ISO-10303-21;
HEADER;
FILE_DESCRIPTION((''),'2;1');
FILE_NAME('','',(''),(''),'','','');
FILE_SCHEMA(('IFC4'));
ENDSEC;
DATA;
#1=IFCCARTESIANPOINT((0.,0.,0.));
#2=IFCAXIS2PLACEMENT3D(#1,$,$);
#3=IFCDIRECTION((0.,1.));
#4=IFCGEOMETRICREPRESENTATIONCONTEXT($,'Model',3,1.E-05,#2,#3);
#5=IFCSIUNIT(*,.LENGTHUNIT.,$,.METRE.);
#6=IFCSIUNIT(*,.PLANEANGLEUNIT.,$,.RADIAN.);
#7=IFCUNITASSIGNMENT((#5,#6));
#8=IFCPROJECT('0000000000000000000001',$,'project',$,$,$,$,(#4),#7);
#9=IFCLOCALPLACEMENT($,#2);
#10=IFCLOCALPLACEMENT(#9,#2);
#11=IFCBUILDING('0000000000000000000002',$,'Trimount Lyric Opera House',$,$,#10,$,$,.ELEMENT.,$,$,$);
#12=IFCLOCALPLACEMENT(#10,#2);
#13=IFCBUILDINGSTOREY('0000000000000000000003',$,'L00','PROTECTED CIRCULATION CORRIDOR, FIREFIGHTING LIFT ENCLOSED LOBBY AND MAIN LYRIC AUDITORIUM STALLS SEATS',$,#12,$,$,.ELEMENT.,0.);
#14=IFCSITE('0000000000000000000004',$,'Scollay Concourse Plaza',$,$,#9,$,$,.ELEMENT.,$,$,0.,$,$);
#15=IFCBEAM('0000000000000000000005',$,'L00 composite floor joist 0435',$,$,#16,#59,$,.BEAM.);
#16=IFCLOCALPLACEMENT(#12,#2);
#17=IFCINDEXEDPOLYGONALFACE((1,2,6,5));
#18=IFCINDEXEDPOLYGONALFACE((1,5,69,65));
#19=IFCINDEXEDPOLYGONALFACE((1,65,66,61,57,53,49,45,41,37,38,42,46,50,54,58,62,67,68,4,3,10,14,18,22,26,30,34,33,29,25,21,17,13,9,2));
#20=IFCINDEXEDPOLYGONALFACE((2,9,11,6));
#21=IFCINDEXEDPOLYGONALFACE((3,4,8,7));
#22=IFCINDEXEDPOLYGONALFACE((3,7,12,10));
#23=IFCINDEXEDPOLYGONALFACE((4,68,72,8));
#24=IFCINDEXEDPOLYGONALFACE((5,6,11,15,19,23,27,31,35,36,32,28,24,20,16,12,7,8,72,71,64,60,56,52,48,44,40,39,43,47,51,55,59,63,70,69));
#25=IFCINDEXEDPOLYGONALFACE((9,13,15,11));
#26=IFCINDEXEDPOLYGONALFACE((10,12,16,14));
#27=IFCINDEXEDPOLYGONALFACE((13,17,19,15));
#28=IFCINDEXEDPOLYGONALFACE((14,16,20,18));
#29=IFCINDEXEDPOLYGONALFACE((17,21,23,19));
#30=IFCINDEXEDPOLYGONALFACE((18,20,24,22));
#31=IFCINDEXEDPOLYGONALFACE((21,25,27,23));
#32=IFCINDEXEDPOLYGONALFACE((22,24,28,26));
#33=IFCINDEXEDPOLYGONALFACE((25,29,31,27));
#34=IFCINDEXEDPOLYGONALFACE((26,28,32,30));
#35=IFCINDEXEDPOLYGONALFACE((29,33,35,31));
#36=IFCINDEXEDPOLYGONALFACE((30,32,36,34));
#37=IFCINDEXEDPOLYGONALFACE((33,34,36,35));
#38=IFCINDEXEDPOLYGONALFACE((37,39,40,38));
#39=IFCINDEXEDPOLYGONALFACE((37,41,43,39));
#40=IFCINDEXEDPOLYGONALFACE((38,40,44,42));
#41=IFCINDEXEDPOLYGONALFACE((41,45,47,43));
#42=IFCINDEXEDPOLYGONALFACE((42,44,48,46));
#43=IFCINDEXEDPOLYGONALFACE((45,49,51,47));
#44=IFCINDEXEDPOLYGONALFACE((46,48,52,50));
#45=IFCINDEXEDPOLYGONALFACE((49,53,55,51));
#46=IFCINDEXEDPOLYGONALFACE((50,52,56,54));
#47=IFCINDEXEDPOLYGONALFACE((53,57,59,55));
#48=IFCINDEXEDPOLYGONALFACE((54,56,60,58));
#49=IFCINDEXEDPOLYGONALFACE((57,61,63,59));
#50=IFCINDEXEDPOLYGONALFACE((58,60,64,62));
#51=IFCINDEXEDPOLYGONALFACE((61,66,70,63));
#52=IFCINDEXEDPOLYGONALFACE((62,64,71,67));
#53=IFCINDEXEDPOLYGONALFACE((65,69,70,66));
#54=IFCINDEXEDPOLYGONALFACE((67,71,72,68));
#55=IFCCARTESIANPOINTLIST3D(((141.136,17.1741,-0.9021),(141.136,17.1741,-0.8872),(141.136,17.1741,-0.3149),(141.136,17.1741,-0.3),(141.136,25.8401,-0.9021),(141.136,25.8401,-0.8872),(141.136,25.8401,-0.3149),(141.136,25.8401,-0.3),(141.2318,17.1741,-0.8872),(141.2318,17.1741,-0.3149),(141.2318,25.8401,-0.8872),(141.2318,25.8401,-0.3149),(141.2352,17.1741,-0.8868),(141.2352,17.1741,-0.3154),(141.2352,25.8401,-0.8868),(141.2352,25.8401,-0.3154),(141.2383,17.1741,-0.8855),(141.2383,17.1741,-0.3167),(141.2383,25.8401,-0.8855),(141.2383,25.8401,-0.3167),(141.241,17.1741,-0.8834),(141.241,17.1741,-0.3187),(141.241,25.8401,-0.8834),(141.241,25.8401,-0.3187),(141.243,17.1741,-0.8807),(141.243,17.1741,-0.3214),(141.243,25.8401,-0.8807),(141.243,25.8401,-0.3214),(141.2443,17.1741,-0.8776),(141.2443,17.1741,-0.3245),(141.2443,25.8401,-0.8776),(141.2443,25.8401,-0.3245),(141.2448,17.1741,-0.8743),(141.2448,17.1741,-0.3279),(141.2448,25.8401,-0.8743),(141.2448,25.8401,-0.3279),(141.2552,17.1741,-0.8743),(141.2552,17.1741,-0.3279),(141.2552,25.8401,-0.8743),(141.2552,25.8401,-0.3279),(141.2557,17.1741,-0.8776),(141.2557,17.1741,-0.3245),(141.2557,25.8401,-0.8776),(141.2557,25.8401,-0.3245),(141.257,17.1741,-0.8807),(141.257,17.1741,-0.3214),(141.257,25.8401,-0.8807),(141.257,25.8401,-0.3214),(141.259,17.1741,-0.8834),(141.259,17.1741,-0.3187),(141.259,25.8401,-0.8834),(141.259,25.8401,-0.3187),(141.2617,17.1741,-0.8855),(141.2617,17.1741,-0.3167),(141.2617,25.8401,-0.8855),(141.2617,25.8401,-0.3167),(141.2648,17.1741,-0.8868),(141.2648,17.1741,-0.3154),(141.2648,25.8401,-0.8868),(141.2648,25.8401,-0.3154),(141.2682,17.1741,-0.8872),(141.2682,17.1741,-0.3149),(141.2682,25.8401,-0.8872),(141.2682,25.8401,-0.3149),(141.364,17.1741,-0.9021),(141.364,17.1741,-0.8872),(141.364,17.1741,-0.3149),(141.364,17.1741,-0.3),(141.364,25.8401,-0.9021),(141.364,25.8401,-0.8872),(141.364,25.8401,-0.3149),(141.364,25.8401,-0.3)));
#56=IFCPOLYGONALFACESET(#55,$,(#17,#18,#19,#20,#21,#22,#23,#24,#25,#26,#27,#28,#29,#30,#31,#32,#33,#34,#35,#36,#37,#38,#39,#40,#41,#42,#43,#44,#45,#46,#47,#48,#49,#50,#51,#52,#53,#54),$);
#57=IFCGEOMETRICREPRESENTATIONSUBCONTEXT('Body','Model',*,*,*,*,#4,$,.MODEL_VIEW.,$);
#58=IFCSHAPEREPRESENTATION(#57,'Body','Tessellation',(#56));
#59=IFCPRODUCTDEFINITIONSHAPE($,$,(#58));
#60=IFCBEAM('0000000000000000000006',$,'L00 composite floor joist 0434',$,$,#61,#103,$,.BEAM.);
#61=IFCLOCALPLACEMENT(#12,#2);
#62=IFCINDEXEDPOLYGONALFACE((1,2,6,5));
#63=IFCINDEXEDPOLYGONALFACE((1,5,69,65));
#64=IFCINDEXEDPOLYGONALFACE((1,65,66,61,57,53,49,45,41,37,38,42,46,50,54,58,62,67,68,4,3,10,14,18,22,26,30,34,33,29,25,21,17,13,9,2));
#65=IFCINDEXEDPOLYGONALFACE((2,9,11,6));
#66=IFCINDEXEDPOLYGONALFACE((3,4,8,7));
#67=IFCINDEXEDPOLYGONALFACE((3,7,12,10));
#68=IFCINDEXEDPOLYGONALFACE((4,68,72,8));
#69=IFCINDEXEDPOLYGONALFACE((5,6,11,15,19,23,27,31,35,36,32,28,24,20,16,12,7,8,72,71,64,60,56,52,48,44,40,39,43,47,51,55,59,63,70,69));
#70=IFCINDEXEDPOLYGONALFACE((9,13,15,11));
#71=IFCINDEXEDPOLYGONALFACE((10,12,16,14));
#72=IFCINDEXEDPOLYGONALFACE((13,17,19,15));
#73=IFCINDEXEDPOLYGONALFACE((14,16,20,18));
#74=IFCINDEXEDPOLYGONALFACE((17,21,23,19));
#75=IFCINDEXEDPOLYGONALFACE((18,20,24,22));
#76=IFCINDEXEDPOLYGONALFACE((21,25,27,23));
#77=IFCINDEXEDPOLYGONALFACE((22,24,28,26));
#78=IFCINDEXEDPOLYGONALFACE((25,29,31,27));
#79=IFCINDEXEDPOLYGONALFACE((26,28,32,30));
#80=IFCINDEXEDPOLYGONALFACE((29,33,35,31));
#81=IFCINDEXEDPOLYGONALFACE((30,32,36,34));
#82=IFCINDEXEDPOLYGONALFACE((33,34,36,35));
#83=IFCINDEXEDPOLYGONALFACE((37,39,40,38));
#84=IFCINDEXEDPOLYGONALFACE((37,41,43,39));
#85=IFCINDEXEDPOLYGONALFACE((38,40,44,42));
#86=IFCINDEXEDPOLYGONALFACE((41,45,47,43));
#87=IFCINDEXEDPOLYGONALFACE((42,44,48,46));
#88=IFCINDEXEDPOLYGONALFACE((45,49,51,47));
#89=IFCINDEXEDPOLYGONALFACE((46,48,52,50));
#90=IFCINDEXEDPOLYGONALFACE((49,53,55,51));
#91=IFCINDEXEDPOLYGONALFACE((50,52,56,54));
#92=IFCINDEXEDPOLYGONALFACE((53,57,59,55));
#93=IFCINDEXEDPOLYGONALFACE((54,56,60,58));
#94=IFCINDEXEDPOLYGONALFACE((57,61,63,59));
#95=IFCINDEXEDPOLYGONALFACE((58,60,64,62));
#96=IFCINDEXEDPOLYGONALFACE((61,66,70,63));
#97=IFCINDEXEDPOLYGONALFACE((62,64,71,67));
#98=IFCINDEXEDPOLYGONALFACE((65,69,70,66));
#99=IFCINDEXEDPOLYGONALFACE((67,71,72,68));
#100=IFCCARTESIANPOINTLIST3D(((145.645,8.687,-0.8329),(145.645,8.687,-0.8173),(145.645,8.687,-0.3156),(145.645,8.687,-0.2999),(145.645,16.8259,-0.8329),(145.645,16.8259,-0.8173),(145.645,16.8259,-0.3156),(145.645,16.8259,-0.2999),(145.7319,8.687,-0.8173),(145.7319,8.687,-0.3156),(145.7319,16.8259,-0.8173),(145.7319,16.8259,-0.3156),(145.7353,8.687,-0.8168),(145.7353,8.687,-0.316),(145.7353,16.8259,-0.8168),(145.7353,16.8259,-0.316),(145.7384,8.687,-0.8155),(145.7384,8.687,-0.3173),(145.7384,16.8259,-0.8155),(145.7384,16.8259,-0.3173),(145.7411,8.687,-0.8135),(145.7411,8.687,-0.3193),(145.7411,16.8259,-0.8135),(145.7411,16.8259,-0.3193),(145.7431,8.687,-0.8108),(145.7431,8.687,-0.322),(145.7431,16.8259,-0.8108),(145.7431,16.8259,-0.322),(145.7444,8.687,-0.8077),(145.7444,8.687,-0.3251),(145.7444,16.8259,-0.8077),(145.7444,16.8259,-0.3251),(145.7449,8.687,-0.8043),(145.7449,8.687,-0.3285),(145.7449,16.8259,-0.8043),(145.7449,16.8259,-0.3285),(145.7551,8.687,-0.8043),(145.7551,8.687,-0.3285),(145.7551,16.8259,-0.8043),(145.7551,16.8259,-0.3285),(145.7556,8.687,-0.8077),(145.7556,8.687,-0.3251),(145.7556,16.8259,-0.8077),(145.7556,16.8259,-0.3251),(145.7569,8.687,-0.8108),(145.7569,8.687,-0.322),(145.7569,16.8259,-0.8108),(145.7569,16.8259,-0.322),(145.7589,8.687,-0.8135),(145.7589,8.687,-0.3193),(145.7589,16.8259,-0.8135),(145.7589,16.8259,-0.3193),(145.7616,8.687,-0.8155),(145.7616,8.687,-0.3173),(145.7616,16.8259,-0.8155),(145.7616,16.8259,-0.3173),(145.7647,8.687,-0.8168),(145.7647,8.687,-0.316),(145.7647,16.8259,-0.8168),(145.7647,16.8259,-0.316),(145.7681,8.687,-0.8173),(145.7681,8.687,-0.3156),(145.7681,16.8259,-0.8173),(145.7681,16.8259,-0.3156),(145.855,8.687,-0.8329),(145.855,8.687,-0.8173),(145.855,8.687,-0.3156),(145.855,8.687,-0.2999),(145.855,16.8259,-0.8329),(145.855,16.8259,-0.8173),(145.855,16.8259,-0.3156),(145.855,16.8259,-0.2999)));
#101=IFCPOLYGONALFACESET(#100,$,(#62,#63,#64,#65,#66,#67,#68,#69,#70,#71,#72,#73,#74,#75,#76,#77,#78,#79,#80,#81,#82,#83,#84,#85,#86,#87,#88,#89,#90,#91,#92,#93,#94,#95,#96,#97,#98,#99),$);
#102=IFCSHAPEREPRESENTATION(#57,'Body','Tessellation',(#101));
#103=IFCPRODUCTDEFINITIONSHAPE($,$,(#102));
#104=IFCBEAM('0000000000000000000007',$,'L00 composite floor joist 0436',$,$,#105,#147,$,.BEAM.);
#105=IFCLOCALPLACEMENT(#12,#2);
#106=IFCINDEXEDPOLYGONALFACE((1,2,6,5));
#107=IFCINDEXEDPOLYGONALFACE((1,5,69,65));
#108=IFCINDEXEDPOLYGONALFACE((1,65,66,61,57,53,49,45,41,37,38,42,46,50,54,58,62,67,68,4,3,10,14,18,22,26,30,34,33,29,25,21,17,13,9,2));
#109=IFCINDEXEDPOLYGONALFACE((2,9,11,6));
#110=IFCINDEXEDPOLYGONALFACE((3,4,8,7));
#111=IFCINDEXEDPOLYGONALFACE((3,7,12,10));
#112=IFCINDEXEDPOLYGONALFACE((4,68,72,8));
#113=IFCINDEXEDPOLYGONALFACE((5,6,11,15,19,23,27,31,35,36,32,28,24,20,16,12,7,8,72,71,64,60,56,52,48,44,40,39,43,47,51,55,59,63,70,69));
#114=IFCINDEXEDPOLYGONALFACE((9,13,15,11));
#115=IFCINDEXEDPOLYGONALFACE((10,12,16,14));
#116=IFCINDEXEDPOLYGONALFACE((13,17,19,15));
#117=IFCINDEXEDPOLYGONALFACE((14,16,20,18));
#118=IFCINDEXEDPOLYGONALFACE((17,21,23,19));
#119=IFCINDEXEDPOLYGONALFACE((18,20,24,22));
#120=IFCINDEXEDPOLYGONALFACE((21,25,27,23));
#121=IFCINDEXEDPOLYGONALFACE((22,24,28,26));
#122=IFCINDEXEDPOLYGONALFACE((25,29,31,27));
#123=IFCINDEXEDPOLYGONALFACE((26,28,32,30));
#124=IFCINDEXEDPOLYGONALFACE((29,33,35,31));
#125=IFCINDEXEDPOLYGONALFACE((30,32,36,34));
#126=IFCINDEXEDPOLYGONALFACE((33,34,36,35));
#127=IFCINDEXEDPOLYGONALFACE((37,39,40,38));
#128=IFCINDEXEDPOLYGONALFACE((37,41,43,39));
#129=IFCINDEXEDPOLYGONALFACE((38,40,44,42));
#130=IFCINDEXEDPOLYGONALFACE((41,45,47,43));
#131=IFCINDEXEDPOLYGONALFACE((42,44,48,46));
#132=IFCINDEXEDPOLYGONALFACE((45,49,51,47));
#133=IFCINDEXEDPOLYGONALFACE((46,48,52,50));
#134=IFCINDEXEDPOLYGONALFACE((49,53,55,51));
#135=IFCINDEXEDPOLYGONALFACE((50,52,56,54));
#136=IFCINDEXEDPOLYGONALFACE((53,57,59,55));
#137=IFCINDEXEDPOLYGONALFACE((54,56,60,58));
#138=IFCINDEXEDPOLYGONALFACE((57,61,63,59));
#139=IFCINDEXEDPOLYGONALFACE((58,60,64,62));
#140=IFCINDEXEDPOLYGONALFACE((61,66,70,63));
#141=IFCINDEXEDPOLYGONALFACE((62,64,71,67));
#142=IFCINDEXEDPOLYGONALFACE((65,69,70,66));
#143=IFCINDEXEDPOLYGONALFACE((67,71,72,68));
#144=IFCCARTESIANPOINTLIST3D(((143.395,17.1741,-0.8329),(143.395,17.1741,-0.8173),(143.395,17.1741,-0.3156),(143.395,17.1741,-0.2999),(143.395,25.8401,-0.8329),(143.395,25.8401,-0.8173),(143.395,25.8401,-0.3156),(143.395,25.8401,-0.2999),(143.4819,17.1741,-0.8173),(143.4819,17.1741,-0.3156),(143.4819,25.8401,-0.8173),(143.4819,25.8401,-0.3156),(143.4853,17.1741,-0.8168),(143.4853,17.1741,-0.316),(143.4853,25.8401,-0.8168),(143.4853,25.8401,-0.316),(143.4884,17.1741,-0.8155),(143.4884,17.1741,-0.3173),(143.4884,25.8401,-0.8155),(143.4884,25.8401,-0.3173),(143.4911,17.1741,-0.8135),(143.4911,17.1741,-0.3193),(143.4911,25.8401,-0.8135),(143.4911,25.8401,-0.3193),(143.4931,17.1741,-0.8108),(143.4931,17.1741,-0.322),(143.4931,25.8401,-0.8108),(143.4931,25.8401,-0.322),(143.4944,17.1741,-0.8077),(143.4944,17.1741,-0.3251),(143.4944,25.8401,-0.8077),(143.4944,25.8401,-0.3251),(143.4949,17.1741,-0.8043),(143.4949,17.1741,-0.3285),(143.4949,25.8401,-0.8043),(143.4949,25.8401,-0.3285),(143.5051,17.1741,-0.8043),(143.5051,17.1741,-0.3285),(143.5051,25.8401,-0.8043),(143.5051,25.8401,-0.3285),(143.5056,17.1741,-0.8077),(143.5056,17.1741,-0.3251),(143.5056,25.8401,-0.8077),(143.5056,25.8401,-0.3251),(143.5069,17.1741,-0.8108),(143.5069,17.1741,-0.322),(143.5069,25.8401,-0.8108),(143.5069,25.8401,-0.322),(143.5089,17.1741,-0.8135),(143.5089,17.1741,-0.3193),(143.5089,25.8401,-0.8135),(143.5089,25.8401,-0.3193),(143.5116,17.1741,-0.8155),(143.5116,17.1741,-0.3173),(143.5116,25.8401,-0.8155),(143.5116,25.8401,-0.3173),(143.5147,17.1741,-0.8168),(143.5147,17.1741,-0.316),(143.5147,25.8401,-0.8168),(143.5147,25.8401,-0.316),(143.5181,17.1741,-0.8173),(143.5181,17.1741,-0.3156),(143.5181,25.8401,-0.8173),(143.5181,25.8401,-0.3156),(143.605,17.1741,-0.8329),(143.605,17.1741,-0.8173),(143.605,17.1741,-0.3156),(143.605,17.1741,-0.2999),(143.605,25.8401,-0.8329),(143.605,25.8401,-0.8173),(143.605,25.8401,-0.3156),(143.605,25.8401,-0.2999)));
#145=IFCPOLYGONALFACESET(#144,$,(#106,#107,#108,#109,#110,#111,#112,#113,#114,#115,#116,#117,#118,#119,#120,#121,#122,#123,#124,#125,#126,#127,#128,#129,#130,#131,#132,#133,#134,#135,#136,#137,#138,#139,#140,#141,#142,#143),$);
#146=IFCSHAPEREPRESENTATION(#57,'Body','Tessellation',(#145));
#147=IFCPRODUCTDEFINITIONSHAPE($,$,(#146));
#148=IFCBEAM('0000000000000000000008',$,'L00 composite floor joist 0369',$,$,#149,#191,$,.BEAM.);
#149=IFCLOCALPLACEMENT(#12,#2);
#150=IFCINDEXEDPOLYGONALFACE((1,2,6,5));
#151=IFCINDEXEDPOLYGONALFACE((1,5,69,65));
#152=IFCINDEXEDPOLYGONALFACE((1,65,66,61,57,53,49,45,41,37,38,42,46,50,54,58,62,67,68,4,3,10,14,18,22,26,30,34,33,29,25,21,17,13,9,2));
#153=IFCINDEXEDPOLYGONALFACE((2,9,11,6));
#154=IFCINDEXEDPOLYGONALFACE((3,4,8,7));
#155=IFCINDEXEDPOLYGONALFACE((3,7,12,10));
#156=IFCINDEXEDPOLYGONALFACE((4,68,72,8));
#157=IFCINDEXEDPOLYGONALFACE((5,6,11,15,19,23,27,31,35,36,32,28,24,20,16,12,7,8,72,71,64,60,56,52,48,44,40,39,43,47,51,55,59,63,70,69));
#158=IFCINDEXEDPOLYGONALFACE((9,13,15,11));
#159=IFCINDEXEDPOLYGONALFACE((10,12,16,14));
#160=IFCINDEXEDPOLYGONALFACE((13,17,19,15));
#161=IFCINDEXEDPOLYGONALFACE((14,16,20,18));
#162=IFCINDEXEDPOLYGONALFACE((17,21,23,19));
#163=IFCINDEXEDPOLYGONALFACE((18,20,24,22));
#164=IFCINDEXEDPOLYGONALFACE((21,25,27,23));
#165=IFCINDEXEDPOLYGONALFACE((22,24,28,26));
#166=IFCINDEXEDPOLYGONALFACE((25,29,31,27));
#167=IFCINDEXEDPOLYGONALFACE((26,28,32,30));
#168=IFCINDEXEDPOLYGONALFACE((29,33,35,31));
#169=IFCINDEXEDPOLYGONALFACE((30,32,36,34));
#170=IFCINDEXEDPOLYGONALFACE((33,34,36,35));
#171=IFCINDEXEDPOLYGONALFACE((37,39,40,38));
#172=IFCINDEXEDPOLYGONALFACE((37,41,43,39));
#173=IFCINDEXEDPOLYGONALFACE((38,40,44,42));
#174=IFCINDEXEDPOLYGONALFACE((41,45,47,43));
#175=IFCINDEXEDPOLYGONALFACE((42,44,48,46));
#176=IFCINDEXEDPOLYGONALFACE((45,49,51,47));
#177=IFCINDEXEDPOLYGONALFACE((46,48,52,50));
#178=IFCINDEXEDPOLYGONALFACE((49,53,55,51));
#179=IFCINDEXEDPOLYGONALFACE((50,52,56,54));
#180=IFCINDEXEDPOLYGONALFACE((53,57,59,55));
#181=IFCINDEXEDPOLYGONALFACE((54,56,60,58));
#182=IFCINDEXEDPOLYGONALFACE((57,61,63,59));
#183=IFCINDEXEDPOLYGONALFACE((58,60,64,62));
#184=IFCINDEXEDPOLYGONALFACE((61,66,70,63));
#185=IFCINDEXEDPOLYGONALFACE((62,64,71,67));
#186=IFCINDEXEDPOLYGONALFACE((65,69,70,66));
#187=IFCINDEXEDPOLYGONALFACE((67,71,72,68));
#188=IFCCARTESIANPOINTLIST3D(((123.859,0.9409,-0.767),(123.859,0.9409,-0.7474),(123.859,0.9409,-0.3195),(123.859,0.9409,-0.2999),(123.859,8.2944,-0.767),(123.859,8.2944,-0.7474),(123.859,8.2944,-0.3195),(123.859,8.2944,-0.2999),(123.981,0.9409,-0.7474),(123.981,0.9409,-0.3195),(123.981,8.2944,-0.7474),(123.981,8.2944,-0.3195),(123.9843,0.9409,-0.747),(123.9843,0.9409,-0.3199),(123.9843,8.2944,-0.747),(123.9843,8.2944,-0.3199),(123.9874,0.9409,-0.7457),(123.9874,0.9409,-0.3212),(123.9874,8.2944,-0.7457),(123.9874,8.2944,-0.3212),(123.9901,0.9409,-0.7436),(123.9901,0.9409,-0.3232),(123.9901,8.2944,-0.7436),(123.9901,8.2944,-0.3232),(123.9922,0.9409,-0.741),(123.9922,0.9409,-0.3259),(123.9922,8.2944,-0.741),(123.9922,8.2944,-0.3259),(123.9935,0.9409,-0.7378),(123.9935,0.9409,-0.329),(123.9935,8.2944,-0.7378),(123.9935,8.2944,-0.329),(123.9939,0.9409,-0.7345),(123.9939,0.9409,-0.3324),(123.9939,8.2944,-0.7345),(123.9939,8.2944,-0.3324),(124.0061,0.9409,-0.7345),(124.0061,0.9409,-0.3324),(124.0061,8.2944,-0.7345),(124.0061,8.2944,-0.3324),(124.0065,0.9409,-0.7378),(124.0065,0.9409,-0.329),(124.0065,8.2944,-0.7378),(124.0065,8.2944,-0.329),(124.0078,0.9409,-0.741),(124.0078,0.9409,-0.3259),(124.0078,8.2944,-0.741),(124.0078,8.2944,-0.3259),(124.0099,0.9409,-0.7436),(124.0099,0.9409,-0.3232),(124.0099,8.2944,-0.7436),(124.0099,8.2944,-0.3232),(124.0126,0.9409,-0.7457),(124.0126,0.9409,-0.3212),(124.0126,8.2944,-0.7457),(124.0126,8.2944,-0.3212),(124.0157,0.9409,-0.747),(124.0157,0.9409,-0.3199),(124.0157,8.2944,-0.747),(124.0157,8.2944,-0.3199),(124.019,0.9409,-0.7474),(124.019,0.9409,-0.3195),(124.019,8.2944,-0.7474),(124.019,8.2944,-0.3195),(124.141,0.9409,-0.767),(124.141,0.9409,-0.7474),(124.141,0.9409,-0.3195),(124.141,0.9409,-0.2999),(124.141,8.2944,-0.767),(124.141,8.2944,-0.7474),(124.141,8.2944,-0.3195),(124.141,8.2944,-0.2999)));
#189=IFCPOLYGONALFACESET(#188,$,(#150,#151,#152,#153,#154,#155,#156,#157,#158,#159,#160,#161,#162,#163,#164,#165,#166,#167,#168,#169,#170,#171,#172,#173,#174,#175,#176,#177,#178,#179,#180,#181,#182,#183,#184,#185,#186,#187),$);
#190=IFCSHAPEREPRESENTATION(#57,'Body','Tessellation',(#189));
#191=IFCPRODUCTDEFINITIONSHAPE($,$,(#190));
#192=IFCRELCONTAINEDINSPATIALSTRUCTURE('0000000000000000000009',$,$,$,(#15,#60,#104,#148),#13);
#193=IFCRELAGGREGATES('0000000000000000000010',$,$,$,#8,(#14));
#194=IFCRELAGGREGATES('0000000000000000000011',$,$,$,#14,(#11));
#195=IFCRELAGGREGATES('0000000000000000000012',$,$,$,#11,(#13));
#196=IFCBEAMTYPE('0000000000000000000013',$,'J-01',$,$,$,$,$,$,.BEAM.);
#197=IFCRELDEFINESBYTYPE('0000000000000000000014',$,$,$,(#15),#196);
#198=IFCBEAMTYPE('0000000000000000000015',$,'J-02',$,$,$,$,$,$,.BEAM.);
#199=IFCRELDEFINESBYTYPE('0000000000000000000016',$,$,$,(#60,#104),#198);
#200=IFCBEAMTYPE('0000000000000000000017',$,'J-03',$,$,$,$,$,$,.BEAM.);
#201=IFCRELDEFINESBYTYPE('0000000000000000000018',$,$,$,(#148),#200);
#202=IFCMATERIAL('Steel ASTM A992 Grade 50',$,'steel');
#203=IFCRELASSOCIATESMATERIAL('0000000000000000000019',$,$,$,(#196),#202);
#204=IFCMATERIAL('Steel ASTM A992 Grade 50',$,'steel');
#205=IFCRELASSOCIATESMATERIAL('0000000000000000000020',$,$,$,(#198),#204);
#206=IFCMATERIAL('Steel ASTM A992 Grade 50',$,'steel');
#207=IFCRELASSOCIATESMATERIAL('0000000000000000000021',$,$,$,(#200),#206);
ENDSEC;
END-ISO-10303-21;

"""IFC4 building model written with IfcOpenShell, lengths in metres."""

from ifc_helpers import new_model, si_unit, direction, frame, origin, origin_2d, place, context, subcontext, project, spatial, i_section, extrude, material, material_profile, profile_set, type_object, element, save


model = new_model("IFC4")

# Units and contexts
model_context = context("Model", 3, precision=1e-05, world=origin(), true_north=direction((0.0, 1.0)))
body_context = subcontext(model_context, "Body", "Model", "MODEL_VIEW")
ifc_project = project(units=[si_unit("LENGTHUNIT", "METRE"), si_unit("PLANEANGLEUNIT", "RADIAN")], contexts=[model_context])

# Site, building, storey
site_placement = place(None, origin())
site = spatial("IfcSite", under=ifc_project, at=site_placement, Name="Scollay Concourse Plaza", CompositionType="ELEMENT", RefElevation=0.0)
building_placement = place(site_placement, origin())
building = spatial("IfcBuilding", under=site, at=building_placement, Name="Trimount Lyric Opera House", CompositionType="ELEMENT")
storey_placement = place(building_placement, origin())
storey = spatial("IfcBuildingStorey", under=building, at=storey_placement, Name="L00", Description="PROTECTED CIRCULATION CORRIDOR, FIREFIGHTING LIFT ENCLOSED LOBBY AND MAIN LYRIC AUDITORIUM STALLS SEATS", CompositionType="ELEMENT", Elevation=0.0)

# Beams
ifc_material_1 = material(Name="Steel ASTM A992 Grade 50", Category="steel")
ifc_material_profile_1 = material_profile(ifc_material_1, i_section(OverallWidth=0.228, OverallDepth=0.6021, WebThickness=0.0105, FlangeThickness=0.0149, FilletRadius=0.0129, at=origin_2d()), Name="W24X68")
ifc_profile_set_1 = profile_set([ifc_material_profile_1], Name="Steel ASTM A992 Grade 50")
beam_type_1 = type_object("IfcBeamType", Name="J-01", PredefinedType="BEAM", material=ifc_profile_set_1)
beam_1_placement = place(storey_placement, frame((141.25, 17.1741, -0.6011), z_axis=(0.0, 1.0, 0.0), x_axis=(-1.0, 0.0, 0.0)))
element("IfcBeam", 1, at=beam_1_placement, inside=storey, type_object=beam_type_1, Name="L00 composite floor joist 0435", PredefinedType="BEAM", context=body_context, shape_type="SweptSolid", body=[
    extrude(i_section(OverallWidth=0.228, OverallDepth=0.6021, WebThickness=0.0105, FlangeThickness=0.0149, FilletRadius=0.0129, at=origin_2d()), origin(), (0.0, 0.0, 1.0), 8.666),
])
ifc_material_2 = material(Name="Steel ASTM A992 Grade 50", Category="steel")
ifc_material_profile_2 = material_profile(ifc_material_2, i_section(OverallWidth=0.21, OverallDepth=0.533, WebThickness=0.0103, FlangeThickness=0.0156, FilletRadius=0.0129, at=origin_2d()), Name="W21X62")
ifc_profile_set_2 = profile_set([ifc_material_profile_2], Name="Steel ASTM A992 Grade 50")
beam_type_2 = type_object("IfcBeamType", Name="J-02", PredefinedType="BEAM", material=ifc_profile_set_2)
beam_2_placement = place(storey_placement, frame((145.75, 8.687, -0.5664), z_axis=(0.0, 1.0, 0.0), x_axis=(-1.0, 0.0, 0.0)))
element("IfcBeam", 2, at=beam_2_placement, inside=storey, type_object=beam_type_2, Name="L00 composite floor joist 0434", PredefinedType="BEAM", context=body_context, shape_type="SweptSolid", body=[
    extrude(i_section(OverallWidth=0.21, OverallDepth=0.533, WebThickness=0.0103, FlangeThickness=0.0156, FilletRadius=0.0129, at=origin_2d()), origin(), (0.0, 0.0, 1.0), 8.1389),
])
beam_3_placement = place(storey_placement, frame((143.5, 17.1741, -0.5664), z_axis=(0.0, 1.0, 0.0), x_axis=(-1.0, 0.0, 0.0)))
element("IfcBeam", 3, at=beam_3_placement, inside=storey, type_object=beam_type_2, Name="L00 composite floor joist 0436", PredefinedType="BEAM", context=body_context, shape_type="SweptSolid", body=[
    extrude(i_section(OverallWidth=0.21, OverallDepth=0.533, WebThickness=0.0103, FlangeThickness=0.0156, FilletRadius=0.0129, at=origin_2d()), origin(), (0.0, 0.0, 1.0), 8.666),
])
ifc_material_3 = material(Name="Steel ASTM A992 Grade 50", Category="steel")
ifc_material_profile_3 = material_profile(ifc_material_3, i_section(OverallWidth=0.282, OverallDepth=0.467, WebThickness=0.0122, FlangeThickness=0.0195, FilletRadius=0.0129, at=origin_2d()), Name="W18X86")
ifc_profile_set_3 = profile_set([ifc_material_profile_3], Name="Steel ASTM A992 Grade 50")
beam_type_3 = type_object("IfcBeamType", Name="J-03", PredefinedType="BEAM", material=ifc_profile_set_3)
beam_4_placement = place(storey_placement, frame((124.0, 0.9409, -0.5334), z_axis=(0.0, 1.0, 0.0), x_axis=(-1.0, 0.0, 0.0)))
element("IfcBeam", 4, at=beam_4_placement, inside=storey, type_object=beam_type_3, Name="L00 composite floor joist 0369", PredefinedType="BEAM", context=body_context, shape_type="SweptSolid", body=[
    extrude(i_section(OverallWidth=0.282, OverallDepth=0.467, WebThickness=0.0122, FlangeThickness=0.0195, FilletRadius=0.0129, at=origin_2d()), origin(), (0.0, 0.0, 1.0), 7.3535),
])

save(model, "model.ifc")
